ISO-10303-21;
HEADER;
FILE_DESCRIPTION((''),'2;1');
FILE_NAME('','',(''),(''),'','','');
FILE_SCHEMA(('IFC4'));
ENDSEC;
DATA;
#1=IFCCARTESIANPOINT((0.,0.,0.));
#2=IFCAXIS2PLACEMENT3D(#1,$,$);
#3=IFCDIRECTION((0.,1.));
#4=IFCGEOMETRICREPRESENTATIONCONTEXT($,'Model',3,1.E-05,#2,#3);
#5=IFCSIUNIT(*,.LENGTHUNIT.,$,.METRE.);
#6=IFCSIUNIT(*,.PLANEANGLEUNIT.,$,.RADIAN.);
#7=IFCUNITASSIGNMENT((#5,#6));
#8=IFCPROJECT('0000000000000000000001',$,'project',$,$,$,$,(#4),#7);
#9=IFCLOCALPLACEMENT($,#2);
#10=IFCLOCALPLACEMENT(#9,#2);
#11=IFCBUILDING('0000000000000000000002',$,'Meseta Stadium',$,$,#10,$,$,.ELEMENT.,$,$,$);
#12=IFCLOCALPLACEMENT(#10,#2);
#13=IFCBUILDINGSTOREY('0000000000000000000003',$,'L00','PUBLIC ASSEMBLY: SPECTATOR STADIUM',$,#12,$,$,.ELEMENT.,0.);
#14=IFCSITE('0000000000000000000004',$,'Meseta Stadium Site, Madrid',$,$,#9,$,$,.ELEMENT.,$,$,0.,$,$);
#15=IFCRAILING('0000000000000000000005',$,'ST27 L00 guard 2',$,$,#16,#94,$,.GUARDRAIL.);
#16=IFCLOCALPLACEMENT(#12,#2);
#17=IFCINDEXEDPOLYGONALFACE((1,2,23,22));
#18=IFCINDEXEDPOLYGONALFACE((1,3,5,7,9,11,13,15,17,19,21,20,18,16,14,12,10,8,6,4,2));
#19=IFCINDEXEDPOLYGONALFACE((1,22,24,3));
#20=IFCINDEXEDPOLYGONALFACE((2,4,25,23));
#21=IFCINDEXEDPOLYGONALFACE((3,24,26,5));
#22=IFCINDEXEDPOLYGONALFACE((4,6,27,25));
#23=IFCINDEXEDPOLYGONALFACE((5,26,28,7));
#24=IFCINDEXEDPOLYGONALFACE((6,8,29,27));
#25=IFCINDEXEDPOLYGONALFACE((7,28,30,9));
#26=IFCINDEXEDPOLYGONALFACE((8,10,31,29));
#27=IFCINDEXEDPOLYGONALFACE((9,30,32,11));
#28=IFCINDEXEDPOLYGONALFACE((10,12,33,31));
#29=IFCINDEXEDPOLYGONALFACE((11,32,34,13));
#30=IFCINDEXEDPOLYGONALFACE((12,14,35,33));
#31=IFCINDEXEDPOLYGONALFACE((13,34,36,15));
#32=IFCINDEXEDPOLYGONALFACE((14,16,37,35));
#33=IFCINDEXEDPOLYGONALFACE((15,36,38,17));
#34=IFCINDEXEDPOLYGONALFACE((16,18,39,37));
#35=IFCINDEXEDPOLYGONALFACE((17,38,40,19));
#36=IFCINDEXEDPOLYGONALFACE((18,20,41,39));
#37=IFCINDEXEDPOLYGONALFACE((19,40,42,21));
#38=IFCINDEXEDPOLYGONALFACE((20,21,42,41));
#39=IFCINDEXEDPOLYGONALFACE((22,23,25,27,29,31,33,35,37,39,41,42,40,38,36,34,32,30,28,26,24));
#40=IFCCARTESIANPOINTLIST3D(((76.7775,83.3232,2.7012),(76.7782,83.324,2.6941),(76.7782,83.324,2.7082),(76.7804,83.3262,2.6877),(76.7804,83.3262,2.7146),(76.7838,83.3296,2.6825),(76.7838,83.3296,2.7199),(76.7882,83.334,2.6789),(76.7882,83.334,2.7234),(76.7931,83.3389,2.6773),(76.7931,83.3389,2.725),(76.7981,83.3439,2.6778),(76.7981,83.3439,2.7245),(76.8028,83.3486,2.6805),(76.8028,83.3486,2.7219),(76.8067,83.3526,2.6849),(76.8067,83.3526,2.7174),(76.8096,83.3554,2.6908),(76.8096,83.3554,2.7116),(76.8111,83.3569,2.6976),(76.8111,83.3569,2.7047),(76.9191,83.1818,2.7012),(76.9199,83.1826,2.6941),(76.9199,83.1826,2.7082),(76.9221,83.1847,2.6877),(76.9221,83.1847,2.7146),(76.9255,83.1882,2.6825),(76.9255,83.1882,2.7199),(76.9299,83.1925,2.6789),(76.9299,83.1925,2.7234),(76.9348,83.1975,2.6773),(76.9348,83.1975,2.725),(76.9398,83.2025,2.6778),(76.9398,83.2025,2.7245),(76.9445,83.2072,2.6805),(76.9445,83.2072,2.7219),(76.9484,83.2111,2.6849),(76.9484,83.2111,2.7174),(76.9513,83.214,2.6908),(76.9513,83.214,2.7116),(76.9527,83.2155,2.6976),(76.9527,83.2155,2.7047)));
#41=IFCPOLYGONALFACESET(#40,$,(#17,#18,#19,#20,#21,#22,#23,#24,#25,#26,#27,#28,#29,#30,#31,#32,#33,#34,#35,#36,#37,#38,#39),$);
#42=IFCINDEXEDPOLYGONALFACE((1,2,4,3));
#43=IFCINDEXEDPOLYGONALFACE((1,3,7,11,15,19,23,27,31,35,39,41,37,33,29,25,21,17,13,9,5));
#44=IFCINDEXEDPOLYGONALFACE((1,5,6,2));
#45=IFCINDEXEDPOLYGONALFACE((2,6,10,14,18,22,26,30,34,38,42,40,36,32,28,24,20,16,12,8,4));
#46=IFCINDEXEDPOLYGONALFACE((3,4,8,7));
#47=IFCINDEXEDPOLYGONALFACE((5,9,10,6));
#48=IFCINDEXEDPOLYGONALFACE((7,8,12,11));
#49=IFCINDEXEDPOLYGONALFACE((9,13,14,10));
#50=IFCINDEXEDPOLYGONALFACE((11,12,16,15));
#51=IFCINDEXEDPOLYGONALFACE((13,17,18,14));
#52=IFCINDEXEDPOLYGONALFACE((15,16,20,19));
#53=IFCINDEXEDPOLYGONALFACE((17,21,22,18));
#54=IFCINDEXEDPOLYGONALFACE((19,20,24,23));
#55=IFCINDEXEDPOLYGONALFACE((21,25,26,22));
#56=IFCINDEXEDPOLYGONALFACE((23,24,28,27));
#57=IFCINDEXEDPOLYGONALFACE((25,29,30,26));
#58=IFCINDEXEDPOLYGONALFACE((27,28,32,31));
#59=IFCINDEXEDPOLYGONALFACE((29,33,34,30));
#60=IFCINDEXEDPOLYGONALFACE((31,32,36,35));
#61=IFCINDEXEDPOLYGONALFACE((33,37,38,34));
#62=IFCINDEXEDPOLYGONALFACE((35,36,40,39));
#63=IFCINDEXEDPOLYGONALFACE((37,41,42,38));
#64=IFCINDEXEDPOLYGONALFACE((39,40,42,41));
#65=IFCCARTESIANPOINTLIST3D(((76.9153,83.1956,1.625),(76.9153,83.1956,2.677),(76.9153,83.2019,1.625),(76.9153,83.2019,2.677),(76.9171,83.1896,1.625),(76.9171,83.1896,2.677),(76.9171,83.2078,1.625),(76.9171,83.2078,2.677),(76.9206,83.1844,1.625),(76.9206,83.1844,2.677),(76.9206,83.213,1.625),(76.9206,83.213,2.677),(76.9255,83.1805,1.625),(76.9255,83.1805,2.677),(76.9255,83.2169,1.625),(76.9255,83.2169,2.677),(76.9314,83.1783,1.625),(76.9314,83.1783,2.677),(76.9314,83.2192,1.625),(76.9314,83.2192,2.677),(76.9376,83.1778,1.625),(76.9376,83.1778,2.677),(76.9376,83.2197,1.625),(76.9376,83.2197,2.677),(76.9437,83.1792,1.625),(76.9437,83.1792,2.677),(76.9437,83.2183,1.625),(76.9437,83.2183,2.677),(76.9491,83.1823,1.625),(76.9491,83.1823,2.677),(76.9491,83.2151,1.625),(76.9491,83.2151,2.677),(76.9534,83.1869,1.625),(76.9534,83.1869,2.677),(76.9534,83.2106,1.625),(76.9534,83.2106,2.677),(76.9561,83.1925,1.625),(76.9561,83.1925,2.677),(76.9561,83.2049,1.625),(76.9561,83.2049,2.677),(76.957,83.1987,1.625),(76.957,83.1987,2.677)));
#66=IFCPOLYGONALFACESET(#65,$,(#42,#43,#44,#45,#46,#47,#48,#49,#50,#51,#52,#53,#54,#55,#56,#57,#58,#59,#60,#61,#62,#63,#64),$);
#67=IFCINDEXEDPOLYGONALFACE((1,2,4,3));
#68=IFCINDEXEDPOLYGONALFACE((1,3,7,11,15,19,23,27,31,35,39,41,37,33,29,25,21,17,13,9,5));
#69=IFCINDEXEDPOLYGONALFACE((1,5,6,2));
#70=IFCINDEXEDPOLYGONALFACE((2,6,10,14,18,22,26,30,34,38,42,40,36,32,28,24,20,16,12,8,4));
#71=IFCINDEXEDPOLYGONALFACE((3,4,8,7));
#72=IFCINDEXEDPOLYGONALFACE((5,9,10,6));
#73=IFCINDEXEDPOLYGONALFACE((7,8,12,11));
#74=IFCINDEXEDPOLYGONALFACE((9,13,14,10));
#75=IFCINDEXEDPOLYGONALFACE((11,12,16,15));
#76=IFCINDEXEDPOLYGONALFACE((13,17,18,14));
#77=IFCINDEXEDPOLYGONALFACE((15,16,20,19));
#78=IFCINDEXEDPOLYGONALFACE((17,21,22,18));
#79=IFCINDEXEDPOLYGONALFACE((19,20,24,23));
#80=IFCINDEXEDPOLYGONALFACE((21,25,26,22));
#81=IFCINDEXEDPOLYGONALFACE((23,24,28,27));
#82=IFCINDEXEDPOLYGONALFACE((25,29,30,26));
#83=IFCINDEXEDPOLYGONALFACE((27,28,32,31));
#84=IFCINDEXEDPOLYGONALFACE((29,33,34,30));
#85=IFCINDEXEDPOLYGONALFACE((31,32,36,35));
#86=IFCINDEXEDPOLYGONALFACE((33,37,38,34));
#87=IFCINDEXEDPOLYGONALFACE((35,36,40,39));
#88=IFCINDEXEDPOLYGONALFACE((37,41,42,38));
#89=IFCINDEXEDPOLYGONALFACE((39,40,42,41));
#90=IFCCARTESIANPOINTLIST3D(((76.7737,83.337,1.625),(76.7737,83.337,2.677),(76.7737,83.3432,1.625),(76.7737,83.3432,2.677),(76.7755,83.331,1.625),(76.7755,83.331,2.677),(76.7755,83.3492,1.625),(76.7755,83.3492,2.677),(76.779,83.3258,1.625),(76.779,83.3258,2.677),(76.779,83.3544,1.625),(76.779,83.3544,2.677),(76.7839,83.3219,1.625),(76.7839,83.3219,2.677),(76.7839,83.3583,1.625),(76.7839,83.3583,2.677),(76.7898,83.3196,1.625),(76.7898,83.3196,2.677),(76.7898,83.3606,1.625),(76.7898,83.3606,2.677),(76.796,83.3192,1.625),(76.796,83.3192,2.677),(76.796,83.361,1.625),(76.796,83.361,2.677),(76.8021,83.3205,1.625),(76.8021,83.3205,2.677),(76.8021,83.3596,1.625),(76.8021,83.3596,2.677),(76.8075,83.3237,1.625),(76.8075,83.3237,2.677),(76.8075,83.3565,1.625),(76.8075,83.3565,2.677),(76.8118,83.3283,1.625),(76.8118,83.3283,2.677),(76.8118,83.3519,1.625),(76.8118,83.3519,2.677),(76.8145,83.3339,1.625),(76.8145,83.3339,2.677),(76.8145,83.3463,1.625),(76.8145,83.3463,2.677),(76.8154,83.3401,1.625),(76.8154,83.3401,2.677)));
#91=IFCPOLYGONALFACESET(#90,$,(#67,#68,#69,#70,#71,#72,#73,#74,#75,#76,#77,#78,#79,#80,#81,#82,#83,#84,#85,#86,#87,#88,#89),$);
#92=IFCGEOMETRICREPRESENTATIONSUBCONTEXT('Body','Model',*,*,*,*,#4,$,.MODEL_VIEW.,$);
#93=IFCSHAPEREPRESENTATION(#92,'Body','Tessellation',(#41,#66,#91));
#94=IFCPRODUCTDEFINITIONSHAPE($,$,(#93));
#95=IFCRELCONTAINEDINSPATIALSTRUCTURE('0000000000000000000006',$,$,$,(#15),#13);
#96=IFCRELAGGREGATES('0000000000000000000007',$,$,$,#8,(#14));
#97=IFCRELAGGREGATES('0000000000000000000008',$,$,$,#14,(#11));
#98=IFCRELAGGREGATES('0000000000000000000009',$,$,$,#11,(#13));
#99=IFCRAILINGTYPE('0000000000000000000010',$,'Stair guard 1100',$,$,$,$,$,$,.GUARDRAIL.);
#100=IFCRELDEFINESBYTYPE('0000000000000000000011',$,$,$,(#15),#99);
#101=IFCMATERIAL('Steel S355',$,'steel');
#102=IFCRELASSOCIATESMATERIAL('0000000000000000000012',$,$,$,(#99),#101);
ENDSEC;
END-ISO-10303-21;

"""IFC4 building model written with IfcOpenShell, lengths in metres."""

from ifc_helpers import new_model, si_unit, direction, frame, origin, origin_2d, place, context, subcontext, project, spatial, circle, extrude, material, type_object, element, save


model = new_model("IFC4")

# Units and contexts
model_context = context("Model", 3, precision=1e-05, world=origin(), true_north=direction((0.0, 1.0)))
body_context = subcontext(model_context, "Body", "Model", "MODEL_VIEW")
ifc_project = project(units=[si_unit("LENGTHUNIT", "METRE"), si_unit("PLANEANGLEUNIT", "RADIAN")], contexts=[model_context])

# Site, building, storey
site_placement = place(None, origin())
site = spatial("IfcSite", under=ifc_project, at=site_placement, Name="Meseta Stadium Site, Madrid", CompositionType="ELEMENT", RefElevation=0.0)
building_placement = place(site_placement, origin())
building = spatial("IfcBuilding", under=site, at=building_placement, Name="Meseta Stadium", CompositionType="ELEMENT")
storey_placement = place(building_placement, origin())
storey = spatial("IfcBuildingStorey", under=building, at=storey_placement, Name="L00", Description="PUBLIC ASSEMBLY: SPECTATOR STADIUM", CompositionType="ELEMENT", Elevation=0.0)

# Railing
ifc_material_1 = material(Name="Steel S355", Category="steel")
railing_type_1 = type_object("IfcRailingType", Name="Stair guard 1100", PredefinedType="GUARDRAIL", material=ifc_material_1)
railing_1_placement = place(storey_placement, frame((76.936, 83.1987, 1.625)))
element("IfcRailing", 1, at=railing_1_placement, inside=storey, type_object=railing_type_1, Name="ST27 L00 guard 2", PredefinedType="GUARDRAIL", context=body_context, shape_type="SweptSolid", body=[
    extrude(circle(Radius=0.0239, at=origin_2d()), frame((0.0, 0.0, 1.0762), z_axis=(-0.707717, 0.706496, 0.0), x_axis=(-0.706496, -0.707717, 0.0)), (0.0, 0.0, 1.0), 0.2002),
    extrude(circle(Radius=0.021, at=origin_2d()), origin(), (0.0, 0.0, 1.0), 1.052),
    extrude(circle(Radius=0.021, at=origin_2d()), frame((-0.1416, 0.1414, 0.0)), (0.0, 0.0, 1.0), 1.052),
])

save(model, "model.ifc")
